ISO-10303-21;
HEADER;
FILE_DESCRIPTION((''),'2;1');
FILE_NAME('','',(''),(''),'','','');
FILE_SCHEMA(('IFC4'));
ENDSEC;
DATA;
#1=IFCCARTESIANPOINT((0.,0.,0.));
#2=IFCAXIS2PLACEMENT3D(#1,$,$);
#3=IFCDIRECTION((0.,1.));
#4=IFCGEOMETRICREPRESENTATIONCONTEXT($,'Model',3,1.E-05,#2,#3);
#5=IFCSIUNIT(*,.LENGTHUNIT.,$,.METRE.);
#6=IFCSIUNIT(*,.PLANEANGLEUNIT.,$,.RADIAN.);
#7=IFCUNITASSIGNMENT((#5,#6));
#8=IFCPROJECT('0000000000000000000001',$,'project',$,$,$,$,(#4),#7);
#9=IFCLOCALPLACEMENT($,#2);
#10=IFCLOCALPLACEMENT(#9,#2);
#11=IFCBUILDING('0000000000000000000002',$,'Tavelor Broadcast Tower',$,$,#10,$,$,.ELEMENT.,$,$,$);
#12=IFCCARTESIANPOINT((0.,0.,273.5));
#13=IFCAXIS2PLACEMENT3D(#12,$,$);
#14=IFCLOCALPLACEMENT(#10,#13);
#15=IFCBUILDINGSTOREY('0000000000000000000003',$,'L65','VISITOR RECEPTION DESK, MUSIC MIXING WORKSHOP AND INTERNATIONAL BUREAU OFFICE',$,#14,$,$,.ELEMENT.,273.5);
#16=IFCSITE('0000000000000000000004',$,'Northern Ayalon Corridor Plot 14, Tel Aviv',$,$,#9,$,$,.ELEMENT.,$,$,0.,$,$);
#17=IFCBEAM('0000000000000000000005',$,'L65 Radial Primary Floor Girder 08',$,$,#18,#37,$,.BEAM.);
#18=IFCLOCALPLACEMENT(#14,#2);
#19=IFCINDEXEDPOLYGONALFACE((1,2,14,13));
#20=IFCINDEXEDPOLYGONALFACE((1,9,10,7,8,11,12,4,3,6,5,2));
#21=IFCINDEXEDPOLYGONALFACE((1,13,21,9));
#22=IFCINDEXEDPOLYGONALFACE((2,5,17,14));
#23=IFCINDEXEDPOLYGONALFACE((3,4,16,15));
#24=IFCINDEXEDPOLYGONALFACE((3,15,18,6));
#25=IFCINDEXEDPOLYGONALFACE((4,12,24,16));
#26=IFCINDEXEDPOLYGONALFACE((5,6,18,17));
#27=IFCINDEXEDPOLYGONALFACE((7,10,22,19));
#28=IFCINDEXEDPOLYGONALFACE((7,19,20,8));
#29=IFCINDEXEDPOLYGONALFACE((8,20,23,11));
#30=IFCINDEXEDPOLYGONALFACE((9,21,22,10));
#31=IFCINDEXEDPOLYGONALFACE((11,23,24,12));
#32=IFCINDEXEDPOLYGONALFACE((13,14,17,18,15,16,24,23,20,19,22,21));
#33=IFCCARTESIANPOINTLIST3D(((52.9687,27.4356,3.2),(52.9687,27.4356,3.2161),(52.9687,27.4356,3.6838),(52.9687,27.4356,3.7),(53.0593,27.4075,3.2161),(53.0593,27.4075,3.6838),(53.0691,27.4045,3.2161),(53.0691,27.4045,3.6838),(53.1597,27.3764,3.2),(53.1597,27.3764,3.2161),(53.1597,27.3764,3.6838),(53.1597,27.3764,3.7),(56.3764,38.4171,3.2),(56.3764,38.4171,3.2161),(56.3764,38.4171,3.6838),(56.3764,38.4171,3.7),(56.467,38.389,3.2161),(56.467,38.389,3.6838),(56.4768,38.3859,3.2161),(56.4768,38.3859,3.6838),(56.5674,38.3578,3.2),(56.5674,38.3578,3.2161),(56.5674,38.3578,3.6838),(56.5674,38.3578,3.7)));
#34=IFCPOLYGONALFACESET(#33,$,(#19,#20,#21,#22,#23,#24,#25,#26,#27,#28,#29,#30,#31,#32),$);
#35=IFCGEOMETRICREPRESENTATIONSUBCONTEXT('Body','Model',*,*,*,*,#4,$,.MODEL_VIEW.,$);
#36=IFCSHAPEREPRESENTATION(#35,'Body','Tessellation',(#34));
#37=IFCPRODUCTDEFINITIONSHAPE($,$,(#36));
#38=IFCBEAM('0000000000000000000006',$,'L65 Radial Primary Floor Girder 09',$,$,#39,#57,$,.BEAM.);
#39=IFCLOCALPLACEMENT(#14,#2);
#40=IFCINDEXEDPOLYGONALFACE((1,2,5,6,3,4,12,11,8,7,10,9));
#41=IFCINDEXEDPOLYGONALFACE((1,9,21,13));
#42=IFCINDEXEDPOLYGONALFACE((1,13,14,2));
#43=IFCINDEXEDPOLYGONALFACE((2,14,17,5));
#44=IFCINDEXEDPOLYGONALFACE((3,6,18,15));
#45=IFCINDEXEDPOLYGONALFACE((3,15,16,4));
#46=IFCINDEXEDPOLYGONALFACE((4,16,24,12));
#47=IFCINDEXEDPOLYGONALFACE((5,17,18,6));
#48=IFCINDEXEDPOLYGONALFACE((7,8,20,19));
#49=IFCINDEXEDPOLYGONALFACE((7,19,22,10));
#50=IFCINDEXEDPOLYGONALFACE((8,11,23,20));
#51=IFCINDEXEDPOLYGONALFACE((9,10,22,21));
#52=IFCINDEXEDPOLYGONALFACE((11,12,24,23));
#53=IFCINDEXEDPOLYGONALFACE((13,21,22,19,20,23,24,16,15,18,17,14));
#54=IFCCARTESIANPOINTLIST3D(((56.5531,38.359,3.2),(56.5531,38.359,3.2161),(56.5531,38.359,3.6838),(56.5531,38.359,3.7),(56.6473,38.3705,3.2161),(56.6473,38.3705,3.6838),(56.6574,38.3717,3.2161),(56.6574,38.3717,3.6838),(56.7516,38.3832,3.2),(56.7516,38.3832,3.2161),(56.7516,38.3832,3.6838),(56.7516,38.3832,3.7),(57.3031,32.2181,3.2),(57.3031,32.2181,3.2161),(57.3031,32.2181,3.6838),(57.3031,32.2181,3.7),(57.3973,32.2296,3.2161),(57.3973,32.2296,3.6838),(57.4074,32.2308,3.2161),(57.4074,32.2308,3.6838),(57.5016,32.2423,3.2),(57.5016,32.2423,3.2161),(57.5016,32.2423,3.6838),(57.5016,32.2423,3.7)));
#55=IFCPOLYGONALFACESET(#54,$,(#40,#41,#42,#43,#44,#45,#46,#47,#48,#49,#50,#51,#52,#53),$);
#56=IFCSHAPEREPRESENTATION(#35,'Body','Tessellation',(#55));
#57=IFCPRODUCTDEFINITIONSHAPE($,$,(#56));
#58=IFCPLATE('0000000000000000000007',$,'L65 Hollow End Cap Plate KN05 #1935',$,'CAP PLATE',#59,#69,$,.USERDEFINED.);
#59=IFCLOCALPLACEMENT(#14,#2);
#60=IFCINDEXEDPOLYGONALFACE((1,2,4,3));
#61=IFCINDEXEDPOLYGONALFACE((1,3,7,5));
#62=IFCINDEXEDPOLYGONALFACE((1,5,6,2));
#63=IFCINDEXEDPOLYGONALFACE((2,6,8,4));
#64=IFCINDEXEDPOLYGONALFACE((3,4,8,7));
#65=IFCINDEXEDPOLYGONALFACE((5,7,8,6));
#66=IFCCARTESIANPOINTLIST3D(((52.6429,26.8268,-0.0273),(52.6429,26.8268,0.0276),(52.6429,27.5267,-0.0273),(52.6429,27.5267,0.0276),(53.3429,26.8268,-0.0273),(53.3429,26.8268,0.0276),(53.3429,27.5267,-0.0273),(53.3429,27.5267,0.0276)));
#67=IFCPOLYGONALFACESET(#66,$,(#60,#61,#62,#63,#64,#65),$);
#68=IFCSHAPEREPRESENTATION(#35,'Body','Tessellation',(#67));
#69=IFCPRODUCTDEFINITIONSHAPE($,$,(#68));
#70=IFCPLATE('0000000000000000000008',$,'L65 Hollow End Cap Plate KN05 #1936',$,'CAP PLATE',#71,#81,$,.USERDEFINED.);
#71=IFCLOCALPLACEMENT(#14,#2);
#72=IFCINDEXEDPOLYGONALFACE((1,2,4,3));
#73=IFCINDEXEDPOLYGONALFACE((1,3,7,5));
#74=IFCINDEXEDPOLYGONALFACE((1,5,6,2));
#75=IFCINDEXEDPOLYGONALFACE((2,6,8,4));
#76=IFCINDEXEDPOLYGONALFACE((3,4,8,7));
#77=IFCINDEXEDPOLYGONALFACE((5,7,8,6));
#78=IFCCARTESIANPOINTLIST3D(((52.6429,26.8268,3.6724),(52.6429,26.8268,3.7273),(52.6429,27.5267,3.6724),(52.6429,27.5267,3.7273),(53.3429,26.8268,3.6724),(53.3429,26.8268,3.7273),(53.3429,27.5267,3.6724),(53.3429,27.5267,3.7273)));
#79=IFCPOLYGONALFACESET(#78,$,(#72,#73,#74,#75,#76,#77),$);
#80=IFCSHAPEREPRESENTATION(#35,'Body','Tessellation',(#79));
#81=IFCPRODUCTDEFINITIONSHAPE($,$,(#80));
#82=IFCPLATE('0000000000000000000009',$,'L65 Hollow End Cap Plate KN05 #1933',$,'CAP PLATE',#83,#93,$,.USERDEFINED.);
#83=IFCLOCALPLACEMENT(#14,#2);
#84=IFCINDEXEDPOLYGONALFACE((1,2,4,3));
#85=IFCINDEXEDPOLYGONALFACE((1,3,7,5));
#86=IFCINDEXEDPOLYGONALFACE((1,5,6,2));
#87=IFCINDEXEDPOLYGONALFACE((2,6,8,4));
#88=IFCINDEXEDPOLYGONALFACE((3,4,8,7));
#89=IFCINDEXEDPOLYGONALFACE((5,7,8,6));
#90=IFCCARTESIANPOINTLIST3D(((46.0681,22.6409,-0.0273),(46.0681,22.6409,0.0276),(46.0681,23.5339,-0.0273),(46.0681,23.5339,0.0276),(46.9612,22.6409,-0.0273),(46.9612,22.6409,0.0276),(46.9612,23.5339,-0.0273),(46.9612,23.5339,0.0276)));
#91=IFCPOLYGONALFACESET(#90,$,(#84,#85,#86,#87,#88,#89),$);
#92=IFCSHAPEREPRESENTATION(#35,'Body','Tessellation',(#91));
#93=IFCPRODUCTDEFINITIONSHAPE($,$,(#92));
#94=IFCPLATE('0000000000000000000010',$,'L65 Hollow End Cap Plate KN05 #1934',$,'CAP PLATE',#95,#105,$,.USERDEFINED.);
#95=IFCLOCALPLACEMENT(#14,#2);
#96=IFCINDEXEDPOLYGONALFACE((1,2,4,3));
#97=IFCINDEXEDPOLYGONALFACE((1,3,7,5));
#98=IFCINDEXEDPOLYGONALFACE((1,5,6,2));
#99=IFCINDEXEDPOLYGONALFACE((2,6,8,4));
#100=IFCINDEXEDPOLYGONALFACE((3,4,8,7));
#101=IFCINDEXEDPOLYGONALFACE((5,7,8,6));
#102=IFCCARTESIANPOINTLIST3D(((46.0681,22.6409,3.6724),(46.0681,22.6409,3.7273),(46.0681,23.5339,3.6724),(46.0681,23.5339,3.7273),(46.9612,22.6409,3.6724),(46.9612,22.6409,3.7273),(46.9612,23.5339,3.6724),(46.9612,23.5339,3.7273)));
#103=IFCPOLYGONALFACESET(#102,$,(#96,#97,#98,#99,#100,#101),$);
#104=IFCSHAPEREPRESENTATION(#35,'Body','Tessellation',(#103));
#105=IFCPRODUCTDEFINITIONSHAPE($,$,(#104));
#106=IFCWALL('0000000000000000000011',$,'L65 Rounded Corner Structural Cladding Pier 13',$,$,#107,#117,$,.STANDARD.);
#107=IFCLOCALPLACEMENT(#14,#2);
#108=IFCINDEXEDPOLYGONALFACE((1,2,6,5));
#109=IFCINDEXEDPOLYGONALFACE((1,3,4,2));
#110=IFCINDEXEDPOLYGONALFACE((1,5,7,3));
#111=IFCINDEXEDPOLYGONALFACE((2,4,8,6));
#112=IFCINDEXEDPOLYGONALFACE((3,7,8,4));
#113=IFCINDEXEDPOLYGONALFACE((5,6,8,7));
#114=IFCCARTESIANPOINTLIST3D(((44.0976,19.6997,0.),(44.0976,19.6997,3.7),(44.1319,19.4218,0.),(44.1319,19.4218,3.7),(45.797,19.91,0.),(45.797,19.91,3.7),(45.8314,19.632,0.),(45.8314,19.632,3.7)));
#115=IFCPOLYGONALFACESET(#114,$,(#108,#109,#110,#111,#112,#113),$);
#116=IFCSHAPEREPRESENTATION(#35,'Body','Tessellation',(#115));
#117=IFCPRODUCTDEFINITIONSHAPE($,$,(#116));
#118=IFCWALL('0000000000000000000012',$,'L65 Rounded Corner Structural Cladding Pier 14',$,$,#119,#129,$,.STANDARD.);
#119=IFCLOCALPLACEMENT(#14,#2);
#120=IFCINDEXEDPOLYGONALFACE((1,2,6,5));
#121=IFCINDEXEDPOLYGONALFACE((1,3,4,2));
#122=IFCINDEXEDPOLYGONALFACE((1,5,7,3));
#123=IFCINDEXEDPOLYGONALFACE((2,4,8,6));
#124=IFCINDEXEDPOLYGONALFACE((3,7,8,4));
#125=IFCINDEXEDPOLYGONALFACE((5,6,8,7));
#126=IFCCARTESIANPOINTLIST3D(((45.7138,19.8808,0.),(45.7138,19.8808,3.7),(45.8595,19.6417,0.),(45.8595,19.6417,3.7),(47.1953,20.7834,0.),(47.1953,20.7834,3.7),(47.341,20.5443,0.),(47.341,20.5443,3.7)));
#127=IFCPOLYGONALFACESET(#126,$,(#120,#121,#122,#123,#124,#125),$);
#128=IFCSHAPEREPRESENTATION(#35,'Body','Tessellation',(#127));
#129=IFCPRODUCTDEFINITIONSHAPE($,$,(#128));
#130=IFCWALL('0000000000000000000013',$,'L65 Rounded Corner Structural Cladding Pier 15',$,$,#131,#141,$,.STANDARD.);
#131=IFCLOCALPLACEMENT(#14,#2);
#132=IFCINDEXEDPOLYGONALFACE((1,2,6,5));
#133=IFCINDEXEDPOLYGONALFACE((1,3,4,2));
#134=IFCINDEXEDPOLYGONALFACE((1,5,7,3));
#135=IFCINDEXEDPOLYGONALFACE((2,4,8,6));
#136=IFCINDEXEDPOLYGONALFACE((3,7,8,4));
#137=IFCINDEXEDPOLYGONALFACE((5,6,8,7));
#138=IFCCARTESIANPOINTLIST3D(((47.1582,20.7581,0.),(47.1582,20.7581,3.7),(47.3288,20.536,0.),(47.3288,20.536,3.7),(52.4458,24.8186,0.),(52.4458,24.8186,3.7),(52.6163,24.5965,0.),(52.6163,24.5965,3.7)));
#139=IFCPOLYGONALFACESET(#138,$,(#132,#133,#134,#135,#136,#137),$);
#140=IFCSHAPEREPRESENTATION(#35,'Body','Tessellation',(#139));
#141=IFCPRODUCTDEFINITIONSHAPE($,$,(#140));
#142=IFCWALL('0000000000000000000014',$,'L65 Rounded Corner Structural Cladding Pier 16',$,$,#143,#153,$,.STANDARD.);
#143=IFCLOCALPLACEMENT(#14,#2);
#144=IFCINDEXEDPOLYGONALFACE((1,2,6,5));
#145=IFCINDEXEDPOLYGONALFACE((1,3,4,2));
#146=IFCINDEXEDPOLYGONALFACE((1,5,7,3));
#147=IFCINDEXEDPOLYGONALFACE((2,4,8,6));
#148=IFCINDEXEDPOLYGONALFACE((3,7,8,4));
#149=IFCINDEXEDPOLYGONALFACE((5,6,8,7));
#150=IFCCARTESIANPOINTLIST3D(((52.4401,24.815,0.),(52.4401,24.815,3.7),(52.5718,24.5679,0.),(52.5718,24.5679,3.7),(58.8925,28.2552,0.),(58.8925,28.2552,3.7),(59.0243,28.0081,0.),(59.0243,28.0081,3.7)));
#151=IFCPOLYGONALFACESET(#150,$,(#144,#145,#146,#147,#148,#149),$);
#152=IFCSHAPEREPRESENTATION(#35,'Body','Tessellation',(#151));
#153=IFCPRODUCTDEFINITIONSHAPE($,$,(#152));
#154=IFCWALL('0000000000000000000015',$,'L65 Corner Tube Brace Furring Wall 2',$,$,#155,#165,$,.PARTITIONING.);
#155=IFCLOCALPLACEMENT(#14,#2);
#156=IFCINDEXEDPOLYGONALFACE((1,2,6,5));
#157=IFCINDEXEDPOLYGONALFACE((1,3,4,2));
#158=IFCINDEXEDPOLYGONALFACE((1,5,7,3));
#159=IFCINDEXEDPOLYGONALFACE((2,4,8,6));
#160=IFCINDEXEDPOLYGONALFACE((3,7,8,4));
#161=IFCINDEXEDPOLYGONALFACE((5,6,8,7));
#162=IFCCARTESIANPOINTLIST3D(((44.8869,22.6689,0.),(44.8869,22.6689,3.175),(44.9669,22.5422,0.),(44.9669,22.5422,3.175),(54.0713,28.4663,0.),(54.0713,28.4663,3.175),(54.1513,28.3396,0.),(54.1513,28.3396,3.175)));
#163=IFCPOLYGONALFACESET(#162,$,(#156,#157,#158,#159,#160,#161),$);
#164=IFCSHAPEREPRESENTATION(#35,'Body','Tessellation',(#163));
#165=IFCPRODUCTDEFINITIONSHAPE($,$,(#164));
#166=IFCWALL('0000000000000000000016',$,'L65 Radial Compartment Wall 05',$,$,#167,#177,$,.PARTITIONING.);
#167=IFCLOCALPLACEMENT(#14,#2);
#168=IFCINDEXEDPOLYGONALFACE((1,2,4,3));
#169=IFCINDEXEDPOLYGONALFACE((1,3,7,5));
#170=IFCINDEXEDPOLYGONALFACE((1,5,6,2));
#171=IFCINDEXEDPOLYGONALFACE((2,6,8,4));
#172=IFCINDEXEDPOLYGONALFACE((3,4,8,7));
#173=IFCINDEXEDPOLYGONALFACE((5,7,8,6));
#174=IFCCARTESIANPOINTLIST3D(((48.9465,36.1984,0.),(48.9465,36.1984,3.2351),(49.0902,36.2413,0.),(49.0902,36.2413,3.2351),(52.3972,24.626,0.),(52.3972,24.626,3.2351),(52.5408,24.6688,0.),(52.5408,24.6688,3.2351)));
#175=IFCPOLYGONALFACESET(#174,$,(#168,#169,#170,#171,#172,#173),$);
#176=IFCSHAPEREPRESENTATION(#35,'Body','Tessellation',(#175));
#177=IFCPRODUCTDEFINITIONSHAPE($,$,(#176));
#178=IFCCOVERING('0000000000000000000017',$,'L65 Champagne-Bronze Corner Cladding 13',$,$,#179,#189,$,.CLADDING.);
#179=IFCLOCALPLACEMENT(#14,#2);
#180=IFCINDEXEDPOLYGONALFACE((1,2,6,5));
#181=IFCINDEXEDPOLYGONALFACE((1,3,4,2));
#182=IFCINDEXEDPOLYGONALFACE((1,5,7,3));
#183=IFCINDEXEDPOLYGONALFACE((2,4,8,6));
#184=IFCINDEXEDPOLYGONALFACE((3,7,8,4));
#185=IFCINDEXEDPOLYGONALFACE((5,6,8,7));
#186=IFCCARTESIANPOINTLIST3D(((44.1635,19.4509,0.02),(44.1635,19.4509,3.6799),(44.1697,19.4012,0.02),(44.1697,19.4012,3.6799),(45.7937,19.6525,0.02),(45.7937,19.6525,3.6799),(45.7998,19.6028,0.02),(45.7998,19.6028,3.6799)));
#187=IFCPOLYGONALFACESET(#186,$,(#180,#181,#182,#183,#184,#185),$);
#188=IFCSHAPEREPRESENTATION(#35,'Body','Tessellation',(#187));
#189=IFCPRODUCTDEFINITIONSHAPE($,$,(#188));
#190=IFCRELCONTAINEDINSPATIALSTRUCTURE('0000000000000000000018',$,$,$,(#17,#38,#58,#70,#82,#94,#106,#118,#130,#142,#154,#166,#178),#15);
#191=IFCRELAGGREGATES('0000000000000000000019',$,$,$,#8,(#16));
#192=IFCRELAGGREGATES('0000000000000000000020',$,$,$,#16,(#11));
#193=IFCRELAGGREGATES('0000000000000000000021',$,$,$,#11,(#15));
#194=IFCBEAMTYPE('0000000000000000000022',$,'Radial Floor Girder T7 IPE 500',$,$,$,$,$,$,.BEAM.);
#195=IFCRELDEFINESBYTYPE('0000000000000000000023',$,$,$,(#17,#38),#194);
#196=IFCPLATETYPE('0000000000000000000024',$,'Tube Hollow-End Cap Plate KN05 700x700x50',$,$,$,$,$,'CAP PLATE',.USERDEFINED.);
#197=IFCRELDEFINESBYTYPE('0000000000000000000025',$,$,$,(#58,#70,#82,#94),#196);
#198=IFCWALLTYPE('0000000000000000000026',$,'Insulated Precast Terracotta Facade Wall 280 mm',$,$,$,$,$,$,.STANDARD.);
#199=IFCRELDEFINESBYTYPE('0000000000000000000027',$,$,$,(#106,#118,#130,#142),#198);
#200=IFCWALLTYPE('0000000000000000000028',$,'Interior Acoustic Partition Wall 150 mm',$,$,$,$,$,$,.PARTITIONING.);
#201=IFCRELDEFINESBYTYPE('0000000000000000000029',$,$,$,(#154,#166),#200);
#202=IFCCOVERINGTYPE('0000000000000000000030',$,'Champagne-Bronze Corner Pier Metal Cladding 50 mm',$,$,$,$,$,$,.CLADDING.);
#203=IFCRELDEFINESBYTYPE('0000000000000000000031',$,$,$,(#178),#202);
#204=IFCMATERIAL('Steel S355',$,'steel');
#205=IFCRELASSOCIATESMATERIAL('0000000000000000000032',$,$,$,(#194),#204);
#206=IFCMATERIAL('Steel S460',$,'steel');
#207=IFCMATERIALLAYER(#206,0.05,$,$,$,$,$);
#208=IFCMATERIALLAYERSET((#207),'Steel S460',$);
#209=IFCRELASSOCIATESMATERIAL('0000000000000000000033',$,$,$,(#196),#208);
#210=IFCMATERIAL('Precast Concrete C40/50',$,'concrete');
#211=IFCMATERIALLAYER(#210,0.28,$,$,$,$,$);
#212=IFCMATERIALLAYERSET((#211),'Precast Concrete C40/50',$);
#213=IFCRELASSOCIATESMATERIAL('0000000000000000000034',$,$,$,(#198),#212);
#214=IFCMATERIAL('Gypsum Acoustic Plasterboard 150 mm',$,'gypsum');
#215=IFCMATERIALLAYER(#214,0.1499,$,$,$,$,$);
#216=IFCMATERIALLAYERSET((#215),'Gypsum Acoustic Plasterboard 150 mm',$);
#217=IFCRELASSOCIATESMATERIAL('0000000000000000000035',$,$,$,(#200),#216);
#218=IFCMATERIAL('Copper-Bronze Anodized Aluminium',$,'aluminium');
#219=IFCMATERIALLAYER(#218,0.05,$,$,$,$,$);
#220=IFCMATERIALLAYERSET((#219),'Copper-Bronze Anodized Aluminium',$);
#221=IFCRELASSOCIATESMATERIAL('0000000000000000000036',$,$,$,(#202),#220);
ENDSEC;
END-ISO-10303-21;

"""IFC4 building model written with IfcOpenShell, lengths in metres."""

from ifc_helpers import new_model, si_unit, direction, frame, frame_2d, origin, origin_2d, place, context, subcontext, project, spatial, rectangle, i_section, extrude, source, transform, mapped, material, layer, layer_set, material_profile, profile_set, type_object, type_shapes, element, save


model = new_model("IFC4")

# Units and contexts
model_context = context("Model", 3, precision=1e-05, world=origin(), true_north=direction((0.0, 1.0)))
body_context = subcontext(model_context, "Body", "Model", "MODEL_VIEW")
ifc_project = project(units=[si_unit("LENGTHUNIT", "METRE"), si_unit("PLANEANGLEUNIT", "RADIAN")], contexts=[model_context])

# Site, building, storey
site_placement = place(None, origin())
site = spatial("IfcSite", under=ifc_project, at=site_placement, Name="Northern Ayalon Corridor Plot 14, Tel Aviv", CompositionType="ELEMENT", RefElevation=0.0)
building_placement = place(site_placement, origin())
building = spatial("IfcBuilding", under=site, at=building_placement, Name="Tavelor Broadcast Tower", CompositionType="ELEMENT")
storey_placement = place(building_placement, frame((0.0, 0.0, 273.5)))
storey = spatial("IfcBuildingStorey", under=building, at=storey_placement, Name="L65", Description="VISITOR RECEPTION DESK, MUSIC MIXING WORKSHOP AND INTERNATIONAL BUREAU OFFICE", CompositionType="ELEMENT", Elevation=273.5)

# Shared definitions
ifc_material_1 = material(Name="Steel S460", Category="steel")

# Shared definitions
ifc_material_2 = material(Name="Steel S355", Category="steel")

# Beams
ifc_material_profile_1 = material_profile(ifc_material_2, i_section(OverallWidth=0.2, OverallDepth=0.5, WebThickness=0.0103, FlangeThickness=0.0161, at=origin_2d()), Name="IPE 500")
ifc_profile_set_1 = profile_set([ifc_material_profile_1], Name="Steel S355")
beam_type_1 = type_object("IfcBeamType", Name="Radial Floor Girder T7 IPE 500", PredefinedType="BEAM", material=ifc_profile_set_1)
beam_1_placement = place(storey_placement, frame((56.4719, 38.3875, 3.45), z_axis=(-0.296374, -0.955072, 0.0), x_axis=(0.955072, -0.296374, 0.0)))
element("IfcBeam", 1, at=beam_1_placement, inside=storey, type_object=beam_type_1, Name="L65 Radial Primary Floor Girder 08", PredefinedType="BEAM", context=body_context, shape_type="SweptSolid", body=[
    extrude(i_section(OverallWidth=0.2, OverallDepth=0.5, WebThickness=0.0103, FlangeThickness=0.0161, at=origin_2d()), origin(), (0.0, 0.0, 1.0), 11.498),
])
beam_2_placement = place(storey_placement, frame((56.6523, 38.3711, 3.45), z_axis=(0.121232, -0.992624, 0.0), x_axis=(0.992624, 0.121232, 0.0)))
element("IfcBeam", 2, at=beam_2_placement, inside=storey, type_object=beam_type_1, Name="L65 Radial Primary Floor Girder 09", PredefinedType="BEAM", context=body_context, shape_type="SweptSolid", body=[
    extrude(i_section(OverallWidth=0.2, OverallDepth=0.5, WebThickness=0.0103, FlangeThickness=0.0161, at=origin_2d()), origin(), (0.0, 0.0, 1.0), 6.1865),
])

# Plates
ifc_layer_1 = layer(ifc_material_1, 0.05)
ifc_layer_set_1 = layer_set([ifc_layer_1], Name="Steel S460")
plate_type = type_object("IfcPlateType", Name="Tube Hollow-End Cap Plate KN05 700x700x50", ElementType="CAP PLATE", PredefinedType="USERDEFINED", material=ifc_layer_set_1)
shared_shape_1 = source(origin(), body_context, "Body", "SweptSolid", [
    extrude(rectangle(XDim=0.7, YDim=0.7, at=origin_2d()), origin(), (0.0, 0.0, 1.0), 0.0549),
])
for number, where, z_axis, x_axis, name in (
    (3, (52.9929, 27.1768, -0.0273), (0.0, 0.0, 1.0), (1.0, 0.0, 0.0), "L65 Hollow End Cap Plate KN05 #1935"),
    (4, (52.9929, 27.1768, 3.6724), (0.0, 0.0, 1.0), (1.0, 0.0, 0.0), "L65 Hollow End Cap Plate KN05 #1936"),
):
    element("IfcPlate", number, at=place(storey_placement, frame(where, z_axis=z_axis, x_axis=x_axis)), inside=storey, type_object=plate_type, Name=name, ObjectType="CAP PLATE", PredefinedType="USERDEFINED", context=body_context, shape_type="MappedRepresentation", body=[
        mapped(shared_shape_1, transform((0.0, 0.0, 0.0), scale=1.0)),
    ])
shared_shape_2 = source(origin(), body_context, "Body", "SweptSolid", [
    extrude(rectangle(XDim=0.8931, YDim=0.8931, at=origin_2d()), origin(), (0.0, 0.0, 1.0), 0.0549),
])
type_shapes(plate_type, [shared_shape_1, shared_shape_2])
for number, where, z_axis, x_axis, name in (
    (5, (46.5146, 23.0874, -0.0273), (0.0, 0.0, 1.0), (1.0, 0.0, 0.0), "L65 Hollow End Cap Plate KN05 #1933"),
    (6, (46.5146, 23.0874, 3.6724), (0.0, 0.0, 1.0), (1.0, 0.0, 0.0), "L65 Hollow End Cap Plate KN05 #1934"),
):
    element("IfcPlate", number, at=place(storey_placement, frame(where, z_axis=z_axis, x_axis=x_axis)), inside=storey, type_object=plate_type, Name=name, ObjectType="CAP PLATE", PredefinedType="USERDEFINED", context=body_context, shape_type="MappedRepresentation", body=[
        mapped(shared_shape_2, transform((0.0, 0.0, 0.0), scale=1.0)),
    ])

# Walls
ifc_material_3 = material(Name="Precast Concrete C40/50", Category="concrete")
ifc_layer_2 = layer(ifc_material_3, 0.28)
ifc_layer_set_2 = layer_set([ifc_layer_2], Name="Precast Concrete C40/50")
wall_type_1 = type_object("IfcWallType", Name="Insulated Precast Terracotta Facade Wall 280 mm", PredefinedType="STANDARD", material=ifc_layer_set_2)
wall_1_placement = place(storey_placement, frame((44.1147, 19.5608, 0.0), z_axis=(0.0, 0.0, 1.0), x_axis=(0.992437, 0.122754, 0.0)))
element("IfcWall", 7, at=wall_1_placement, inside=storey, type_object=wall_type_1, Name="L65 Rounded Corner Structural Cladding Pier 13", PredefinedType="STANDARD", context=body_context, shape_type="SweptSolid", body=[
    extrude(rectangle(XDim=1.7124, YDim=0.28, at=frame_2d((0.8562, 0.0))), origin(), (0.0, 0.0, 1.0), 3.7),
])
wall_2_placement = place(storey_placement, frame((45.7866, 19.7612, 0.0), z_axis=(0.0, 0.0, 1.0), x_axis=(0.853984, 0.5203, 0.0)))
element("IfcWall", 8, at=wall_2_placement, inside=storey, type_object=wall_type_1, Name="L65 Rounded Corner Structural Cladding Pier 14", PredefinedType="STANDARD", context=body_context, shape_type="SweptSolid", body=[
    extrude(rectangle(XDim=1.7349, YDim=0.28, at=frame_2d((0.8674, 0.0))), origin(), (0.0, 0.0, 1.0), 3.7),
])
wall_3_placement = place(storey_placement, frame((47.2434, 20.647, 0.0), z_axis=(0.0, 0.0, 1.0), x_axis=(0.793119, 0.609066, 0.0)))
element("IfcWall", 9, at=wall_3_placement, inside=storey, type_object=wall_type_1, Name="L65 Rounded Corner Structural Cladding Pier 15", PredefinedType="STANDARD", context=body_context, shape_type="SweptSolid", body=[
    extrude(rectangle(XDim=6.6667, YDim=0.28, at=frame_2d((3.3335, 0.0))), origin(), (0.0, 0.0, 1.0), 3.7),
])
wall_4_placement = place(storey_placement, frame((52.5059, 24.6914, 0.0), z_axis=(0.0, 0.0, 1.0), x_axis=(0.882415, 0.470472, 0.0)))
element("IfcWall", 10, at=wall_4_placement, inside=storey, type_object=wall_type_1, Name="L65 Rounded Corner Structural Cladding Pier 16", PredefinedType="STANDARD", context=body_context, shape_type="SweptSolid", body=[
    extrude(rectangle(XDim=7.3123, YDim=0.28, at=frame_2d((3.6562, 0.0))), origin(), (0.0, 0.0, 1.0), 3.7),
])
ifc_material_4 = material(Name="Gypsum Acoustic Plasterboard 150 mm", Category="gypsum")
ifc_layer_3 = layer(ifc_material_4, 0.1499)
ifc_layer_set_3 = layer_set([ifc_layer_3], Name="Gypsum Acoustic Plasterboard 150 mm")
wall_type_2 = type_object("IfcWallType", Name="Interior Acoustic Partition Wall 150 mm", PredefinedType="PARTITIONING", material=ifc_layer_set_3)
wall_5_placement = place(storey_placement, frame((44.9268, 22.6055, 0.0), z_axis=(0.0, 0.0, 1.0), x_axis=(0.845625, 0.533778, 0.0)))
element("IfcWall", 11, at=wall_5_placement, inside=storey, type_object=wall_type_2, Name="L65 Corner Tube Brace Furring Wall 2", PredefinedType="PARTITIONING", context=body_context, shape_type="SweptSolid", body=[
    extrude(rectangle(XDim=10.8611, YDim=0.1499, at=frame_2d((5.4307, 0.0))), origin(), (0.0, 0.0, 1.0), 3.175),
])
wall_6_placement = place(storey_placement, frame((49.0183, 36.22, 0.0), z_axis=(0.0, 0.0, 1.0), x_axis=(0.285747, -0.958305, 0.0)))
element("IfcWall", 12, at=wall_6_placement, inside=storey, type_object=wall_type_2, Name="L65 Radial Compartment Wall 05", PredefinedType="PARTITIONING", context=body_context, shape_type="SweptSolid", body=[
    extrude(rectangle(XDim=12.0759, YDim=0.1499, at=frame_2d((6.0381, 0.0))), origin(), (0.0, 0.0, 1.0), 3.2351),
])

# Covering
ifc_material_5 = material(Name="Copper-Bronze Anodized Aluminium", Category="aluminium")
ifc_layer_4 = layer(ifc_material_5, 0.05)
ifc_layer_set_4 = layer_set([ifc_layer_4], Name="Copper-Bronze Anodized Aluminium")
covering_type = type_object("IfcCoveringType", Name="Champagne-Bronze Corner Pier Metal Cladding 50 mm", PredefinedType="CLADDING", material=ifc_layer_set_4)
covering_placement = place(storey_placement, frame((44.9817, 19.5269, 0.02), z_axis=(0.0, 0.0, 1.0), x_axis=(0.992439, 0.122735, 0.0)))
element("IfcCovering", 13, at=covering_placement, inside=storey, type_object=covering_type, Name="L65 Champagne-Bronze Corner Cladding 13", PredefinedType="CLADDING", context=body_context, shape_type="SweptSolid", body=[
    extrude(rectangle(XDim=1.6426, YDim=0.05, at=origin_2d()), origin(), (0.0, 0.0, 1.0), 3.6599),
])

save(model, "model.ifc")
